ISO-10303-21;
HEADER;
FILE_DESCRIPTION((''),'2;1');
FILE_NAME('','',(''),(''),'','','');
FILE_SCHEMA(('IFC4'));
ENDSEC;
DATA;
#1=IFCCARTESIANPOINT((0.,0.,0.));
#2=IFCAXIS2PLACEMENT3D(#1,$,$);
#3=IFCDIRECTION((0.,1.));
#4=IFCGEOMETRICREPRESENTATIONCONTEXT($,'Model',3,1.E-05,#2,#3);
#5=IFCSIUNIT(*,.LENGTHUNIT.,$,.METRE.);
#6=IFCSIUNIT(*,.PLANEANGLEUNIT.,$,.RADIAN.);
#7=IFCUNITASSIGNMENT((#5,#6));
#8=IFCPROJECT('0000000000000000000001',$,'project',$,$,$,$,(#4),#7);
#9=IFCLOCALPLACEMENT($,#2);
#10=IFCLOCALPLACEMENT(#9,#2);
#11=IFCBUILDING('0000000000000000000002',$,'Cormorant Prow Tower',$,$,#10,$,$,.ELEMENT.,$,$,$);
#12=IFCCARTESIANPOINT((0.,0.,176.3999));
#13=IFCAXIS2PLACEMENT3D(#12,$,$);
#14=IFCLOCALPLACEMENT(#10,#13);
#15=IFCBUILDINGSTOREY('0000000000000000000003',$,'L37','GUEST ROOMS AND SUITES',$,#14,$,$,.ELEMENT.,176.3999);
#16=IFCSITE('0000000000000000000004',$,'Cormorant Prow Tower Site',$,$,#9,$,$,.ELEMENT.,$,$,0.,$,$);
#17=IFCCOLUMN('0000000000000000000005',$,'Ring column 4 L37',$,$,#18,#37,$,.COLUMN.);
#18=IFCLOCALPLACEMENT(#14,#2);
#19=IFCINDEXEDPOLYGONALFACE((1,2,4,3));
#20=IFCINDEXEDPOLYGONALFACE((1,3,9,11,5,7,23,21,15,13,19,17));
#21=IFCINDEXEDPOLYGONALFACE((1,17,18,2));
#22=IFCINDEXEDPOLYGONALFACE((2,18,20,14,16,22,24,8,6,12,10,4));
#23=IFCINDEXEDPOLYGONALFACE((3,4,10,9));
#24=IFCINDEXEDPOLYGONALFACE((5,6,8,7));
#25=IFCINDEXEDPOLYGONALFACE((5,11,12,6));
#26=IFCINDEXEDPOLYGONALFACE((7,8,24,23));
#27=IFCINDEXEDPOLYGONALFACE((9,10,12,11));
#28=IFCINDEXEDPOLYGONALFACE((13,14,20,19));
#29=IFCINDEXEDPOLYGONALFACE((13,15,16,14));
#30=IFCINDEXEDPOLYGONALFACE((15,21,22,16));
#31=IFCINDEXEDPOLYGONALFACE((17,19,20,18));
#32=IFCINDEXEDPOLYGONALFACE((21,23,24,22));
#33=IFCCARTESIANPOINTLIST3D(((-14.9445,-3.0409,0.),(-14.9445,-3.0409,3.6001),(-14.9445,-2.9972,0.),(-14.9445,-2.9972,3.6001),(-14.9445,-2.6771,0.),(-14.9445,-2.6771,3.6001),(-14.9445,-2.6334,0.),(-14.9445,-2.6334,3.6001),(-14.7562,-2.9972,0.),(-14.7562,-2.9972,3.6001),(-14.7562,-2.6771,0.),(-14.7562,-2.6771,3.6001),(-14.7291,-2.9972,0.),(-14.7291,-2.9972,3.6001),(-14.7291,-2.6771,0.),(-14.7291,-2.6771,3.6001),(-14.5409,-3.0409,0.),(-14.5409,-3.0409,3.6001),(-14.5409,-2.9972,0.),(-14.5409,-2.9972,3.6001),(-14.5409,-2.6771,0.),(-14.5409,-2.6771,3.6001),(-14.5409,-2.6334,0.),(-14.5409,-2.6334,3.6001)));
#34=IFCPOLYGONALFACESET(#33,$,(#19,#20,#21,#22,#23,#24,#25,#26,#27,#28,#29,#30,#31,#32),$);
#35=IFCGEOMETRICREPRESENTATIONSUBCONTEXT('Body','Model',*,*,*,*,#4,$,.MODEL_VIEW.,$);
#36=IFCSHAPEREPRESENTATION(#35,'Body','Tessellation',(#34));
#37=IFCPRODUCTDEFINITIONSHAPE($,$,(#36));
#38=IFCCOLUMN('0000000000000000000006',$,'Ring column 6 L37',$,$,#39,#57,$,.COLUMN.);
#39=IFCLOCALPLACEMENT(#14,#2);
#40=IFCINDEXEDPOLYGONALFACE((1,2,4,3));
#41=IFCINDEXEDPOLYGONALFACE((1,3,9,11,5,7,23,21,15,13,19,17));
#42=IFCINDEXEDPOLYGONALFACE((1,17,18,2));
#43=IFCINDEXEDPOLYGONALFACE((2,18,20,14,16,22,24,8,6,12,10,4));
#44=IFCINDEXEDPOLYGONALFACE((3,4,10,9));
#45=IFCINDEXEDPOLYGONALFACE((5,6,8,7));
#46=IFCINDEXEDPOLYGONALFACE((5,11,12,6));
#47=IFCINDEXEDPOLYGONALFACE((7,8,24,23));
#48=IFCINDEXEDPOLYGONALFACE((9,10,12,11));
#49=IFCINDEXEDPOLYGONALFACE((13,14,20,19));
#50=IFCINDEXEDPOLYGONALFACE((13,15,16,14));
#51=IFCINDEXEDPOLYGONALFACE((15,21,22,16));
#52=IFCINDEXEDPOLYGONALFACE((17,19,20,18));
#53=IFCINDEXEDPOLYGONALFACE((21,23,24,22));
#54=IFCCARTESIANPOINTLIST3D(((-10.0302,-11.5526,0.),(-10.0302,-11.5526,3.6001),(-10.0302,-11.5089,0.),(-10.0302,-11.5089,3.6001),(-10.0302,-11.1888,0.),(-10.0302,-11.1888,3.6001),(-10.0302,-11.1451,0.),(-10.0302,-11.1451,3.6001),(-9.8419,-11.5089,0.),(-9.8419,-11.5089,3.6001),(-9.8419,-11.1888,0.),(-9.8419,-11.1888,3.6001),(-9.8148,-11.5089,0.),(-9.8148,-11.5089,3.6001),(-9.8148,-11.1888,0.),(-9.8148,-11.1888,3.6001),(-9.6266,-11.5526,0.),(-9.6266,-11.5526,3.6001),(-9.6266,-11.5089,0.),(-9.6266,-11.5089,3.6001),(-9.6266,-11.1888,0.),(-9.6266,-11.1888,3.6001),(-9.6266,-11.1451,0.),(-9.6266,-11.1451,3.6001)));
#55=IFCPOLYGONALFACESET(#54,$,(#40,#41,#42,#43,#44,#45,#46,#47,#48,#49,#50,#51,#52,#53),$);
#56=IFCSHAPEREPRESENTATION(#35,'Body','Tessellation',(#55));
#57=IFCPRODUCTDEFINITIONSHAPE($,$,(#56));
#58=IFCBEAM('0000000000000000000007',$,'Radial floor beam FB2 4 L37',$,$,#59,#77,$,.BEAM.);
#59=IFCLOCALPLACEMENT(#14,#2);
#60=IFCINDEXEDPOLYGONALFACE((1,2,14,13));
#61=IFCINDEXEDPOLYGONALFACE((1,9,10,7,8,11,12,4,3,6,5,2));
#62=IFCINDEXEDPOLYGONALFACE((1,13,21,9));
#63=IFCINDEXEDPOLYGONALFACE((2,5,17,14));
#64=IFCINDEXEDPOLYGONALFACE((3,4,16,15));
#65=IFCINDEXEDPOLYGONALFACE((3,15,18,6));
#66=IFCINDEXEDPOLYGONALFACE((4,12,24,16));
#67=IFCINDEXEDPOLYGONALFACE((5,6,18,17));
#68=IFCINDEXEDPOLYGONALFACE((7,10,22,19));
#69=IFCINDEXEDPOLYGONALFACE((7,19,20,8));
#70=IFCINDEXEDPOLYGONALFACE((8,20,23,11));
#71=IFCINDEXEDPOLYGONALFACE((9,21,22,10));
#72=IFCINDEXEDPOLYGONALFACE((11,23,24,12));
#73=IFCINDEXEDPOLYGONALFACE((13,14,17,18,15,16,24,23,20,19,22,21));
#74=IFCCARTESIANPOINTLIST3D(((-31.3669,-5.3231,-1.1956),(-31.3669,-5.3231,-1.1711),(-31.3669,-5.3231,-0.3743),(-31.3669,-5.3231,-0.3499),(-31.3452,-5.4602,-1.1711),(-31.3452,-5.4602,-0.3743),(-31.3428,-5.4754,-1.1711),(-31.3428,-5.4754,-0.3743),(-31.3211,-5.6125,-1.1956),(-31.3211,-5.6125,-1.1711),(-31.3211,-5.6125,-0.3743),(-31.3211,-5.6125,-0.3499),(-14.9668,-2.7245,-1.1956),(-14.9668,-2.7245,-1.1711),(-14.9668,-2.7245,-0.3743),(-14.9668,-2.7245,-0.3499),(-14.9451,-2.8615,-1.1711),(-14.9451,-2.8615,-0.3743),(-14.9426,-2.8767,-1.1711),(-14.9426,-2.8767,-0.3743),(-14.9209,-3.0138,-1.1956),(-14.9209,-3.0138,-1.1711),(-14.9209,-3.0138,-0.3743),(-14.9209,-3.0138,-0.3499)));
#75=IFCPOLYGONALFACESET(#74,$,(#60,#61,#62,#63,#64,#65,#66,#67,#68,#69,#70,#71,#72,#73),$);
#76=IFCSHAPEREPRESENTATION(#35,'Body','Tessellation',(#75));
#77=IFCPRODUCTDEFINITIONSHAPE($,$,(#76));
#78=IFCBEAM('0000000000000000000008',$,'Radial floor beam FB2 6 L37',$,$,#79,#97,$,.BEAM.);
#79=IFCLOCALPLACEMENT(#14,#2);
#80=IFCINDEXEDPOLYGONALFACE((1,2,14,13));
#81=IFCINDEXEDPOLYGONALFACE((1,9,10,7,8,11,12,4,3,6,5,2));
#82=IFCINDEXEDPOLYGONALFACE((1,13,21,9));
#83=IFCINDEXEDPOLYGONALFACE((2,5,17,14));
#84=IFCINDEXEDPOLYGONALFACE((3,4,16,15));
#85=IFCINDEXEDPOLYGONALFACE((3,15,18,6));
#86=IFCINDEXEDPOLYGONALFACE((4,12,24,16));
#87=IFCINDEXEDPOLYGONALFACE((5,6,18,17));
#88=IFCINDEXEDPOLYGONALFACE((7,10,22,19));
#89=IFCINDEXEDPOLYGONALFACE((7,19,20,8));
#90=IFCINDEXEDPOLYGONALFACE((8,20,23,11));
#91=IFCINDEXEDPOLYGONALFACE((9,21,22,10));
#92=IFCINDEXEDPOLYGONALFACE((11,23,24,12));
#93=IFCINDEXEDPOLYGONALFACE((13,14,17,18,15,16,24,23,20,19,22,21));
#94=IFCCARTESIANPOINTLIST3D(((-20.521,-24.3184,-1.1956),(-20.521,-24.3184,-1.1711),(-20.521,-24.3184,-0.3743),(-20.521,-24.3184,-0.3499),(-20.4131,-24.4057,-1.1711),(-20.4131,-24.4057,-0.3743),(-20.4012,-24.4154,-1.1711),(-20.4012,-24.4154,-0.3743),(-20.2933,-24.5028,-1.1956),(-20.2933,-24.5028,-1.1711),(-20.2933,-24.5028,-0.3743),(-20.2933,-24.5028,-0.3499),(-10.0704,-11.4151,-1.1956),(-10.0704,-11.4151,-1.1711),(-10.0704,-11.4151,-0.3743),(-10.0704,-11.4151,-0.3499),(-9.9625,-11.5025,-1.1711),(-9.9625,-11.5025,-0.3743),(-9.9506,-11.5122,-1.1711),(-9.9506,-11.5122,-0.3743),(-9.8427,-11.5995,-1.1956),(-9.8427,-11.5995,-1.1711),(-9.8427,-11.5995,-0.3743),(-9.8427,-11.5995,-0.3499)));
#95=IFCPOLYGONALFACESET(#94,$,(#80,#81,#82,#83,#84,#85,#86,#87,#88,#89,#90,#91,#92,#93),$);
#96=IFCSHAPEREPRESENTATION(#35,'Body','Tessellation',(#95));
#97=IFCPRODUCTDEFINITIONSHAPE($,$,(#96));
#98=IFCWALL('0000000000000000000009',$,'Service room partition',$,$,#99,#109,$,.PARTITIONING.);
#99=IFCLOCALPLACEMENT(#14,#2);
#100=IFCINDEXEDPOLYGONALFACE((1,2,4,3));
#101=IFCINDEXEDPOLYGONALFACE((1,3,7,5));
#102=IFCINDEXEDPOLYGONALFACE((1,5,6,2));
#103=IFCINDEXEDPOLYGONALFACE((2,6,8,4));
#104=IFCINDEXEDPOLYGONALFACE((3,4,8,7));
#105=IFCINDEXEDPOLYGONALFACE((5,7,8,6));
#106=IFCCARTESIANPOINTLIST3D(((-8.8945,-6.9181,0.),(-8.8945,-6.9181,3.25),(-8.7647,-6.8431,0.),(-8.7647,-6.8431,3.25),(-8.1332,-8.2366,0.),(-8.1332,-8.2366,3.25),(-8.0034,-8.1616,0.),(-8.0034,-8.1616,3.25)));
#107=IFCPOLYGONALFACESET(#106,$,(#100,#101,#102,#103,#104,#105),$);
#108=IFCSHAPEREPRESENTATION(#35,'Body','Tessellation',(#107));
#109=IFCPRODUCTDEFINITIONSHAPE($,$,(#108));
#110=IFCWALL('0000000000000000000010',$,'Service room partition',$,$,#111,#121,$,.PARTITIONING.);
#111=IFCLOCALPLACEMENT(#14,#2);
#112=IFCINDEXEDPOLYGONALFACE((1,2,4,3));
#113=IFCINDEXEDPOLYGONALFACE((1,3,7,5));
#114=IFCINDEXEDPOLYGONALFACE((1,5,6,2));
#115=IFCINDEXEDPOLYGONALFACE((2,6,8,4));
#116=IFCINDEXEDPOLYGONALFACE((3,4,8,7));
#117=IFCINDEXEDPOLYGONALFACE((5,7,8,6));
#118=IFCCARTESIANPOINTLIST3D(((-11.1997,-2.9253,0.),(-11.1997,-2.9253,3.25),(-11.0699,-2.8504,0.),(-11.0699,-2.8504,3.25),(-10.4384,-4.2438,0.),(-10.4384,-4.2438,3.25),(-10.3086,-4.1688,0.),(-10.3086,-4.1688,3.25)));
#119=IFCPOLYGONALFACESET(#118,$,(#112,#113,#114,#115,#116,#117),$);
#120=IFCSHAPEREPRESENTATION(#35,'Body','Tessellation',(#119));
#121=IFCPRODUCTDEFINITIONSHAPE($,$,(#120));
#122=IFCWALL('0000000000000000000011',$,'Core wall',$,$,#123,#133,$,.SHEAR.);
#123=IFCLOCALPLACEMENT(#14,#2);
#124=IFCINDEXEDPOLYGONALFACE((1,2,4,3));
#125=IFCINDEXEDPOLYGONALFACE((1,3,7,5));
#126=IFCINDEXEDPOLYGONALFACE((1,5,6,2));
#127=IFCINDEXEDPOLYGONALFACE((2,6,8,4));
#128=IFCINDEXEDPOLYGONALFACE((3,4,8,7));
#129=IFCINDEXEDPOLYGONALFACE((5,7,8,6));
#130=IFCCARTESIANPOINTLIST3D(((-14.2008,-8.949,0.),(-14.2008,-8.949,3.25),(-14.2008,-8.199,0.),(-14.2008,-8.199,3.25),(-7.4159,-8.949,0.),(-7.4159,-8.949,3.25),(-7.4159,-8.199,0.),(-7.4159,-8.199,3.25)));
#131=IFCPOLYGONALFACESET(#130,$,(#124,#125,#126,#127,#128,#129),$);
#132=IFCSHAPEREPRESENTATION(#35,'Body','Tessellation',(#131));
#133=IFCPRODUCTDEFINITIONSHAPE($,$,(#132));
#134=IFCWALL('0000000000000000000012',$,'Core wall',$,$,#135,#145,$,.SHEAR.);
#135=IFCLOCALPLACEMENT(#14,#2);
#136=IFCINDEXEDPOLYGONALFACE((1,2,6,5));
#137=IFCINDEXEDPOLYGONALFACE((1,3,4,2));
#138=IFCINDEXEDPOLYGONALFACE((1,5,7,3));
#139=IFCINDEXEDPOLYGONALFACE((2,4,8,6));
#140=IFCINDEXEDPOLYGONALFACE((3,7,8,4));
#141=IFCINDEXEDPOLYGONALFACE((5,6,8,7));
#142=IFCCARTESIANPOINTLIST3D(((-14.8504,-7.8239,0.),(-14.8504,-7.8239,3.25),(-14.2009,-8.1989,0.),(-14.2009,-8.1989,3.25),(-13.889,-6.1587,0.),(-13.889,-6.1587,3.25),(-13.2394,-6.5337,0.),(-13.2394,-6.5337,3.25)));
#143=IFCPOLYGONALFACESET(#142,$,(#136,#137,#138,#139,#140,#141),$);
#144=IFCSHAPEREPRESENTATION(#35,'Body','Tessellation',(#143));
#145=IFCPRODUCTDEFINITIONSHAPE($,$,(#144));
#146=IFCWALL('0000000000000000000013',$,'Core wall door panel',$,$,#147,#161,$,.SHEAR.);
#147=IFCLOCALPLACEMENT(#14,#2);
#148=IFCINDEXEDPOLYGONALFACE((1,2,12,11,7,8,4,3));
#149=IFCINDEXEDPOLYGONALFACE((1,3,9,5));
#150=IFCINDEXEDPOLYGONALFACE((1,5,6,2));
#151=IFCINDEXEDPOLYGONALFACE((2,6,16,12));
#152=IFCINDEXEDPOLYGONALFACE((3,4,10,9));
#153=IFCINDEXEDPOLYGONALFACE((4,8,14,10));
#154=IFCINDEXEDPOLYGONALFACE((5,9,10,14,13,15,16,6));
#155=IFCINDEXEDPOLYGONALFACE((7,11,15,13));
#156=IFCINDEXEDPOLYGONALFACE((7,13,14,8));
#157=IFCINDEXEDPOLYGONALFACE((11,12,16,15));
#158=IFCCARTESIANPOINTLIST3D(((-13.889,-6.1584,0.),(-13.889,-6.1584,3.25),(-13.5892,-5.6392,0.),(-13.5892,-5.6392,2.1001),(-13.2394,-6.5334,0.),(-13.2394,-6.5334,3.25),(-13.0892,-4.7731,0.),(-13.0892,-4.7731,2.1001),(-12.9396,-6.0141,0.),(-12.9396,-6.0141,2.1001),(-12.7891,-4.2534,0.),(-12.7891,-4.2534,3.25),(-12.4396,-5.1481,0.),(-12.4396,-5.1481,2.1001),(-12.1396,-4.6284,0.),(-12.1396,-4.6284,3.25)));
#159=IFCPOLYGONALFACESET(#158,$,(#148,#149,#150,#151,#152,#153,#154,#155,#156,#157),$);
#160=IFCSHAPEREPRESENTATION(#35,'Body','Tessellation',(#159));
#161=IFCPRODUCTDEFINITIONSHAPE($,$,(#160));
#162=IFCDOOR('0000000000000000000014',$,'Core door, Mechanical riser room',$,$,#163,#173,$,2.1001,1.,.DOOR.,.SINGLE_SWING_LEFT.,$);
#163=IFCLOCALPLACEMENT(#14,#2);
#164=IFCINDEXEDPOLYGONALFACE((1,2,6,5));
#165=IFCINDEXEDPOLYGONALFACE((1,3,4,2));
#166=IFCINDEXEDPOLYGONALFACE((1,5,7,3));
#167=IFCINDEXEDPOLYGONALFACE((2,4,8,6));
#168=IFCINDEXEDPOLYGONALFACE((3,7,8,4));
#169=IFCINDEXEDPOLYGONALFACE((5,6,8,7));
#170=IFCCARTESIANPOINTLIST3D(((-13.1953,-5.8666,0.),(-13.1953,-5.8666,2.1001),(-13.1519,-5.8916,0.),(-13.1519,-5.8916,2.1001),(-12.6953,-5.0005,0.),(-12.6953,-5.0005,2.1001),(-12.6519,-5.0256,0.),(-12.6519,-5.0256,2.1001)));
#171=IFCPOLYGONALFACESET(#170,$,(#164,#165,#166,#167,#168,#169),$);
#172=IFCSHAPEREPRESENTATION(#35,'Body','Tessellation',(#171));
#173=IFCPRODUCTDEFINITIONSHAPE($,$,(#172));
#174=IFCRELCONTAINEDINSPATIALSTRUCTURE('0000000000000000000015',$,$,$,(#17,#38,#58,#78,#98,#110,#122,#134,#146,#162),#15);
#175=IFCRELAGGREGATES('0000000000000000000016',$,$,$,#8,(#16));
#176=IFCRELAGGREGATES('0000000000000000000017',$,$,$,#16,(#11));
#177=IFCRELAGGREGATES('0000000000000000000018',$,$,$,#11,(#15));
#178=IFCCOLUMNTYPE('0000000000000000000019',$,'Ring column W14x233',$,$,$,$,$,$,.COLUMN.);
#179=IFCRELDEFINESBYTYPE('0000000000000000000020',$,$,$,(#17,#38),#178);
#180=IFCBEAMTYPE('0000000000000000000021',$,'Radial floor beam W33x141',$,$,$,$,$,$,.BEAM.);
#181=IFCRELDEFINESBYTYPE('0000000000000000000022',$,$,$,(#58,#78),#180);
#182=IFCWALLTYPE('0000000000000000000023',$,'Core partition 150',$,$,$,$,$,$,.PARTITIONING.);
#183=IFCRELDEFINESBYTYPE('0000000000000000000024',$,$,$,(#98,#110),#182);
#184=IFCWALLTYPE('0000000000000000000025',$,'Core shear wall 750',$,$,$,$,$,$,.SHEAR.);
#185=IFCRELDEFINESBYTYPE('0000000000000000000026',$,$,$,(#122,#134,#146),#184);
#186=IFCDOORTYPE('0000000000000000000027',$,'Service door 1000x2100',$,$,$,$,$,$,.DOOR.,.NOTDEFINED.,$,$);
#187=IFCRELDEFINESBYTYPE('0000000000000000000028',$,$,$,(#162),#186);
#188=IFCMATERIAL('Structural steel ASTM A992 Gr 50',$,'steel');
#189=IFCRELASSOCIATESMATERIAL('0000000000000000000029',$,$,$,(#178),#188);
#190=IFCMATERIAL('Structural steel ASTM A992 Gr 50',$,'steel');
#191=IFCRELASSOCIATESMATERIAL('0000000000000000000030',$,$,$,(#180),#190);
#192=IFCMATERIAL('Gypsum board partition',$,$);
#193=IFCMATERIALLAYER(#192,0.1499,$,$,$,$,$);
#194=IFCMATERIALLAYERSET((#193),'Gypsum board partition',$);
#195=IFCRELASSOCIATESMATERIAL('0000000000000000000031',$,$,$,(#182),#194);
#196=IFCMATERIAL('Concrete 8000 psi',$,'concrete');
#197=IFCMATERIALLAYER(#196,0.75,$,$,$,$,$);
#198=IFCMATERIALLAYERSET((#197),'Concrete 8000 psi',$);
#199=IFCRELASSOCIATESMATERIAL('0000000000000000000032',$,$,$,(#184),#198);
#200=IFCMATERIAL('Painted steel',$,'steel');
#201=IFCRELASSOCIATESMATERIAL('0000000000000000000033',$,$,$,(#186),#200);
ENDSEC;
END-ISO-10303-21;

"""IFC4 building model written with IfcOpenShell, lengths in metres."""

from ifc_helpers import new_model, si_unit, direction, frame, frame_2d, origin, origin_2d, place, context, subcontext, project, spatial, rectangle, i_section, extrude, material, layer, layer_set, material_profile, profile_set, type_object, element, fill, save


model = new_model("IFC4")

# Units and contexts
model_context = context("Model", 3, precision=1e-05, world=origin(), true_north=direction((0.0, 1.0)))
body_context = subcontext(model_context, "Body", "Model", "MODEL_VIEW")
ifc_project = project(units=[si_unit("LENGTHUNIT", "METRE"), si_unit("PLANEANGLEUNIT", "RADIAN")], contexts=[model_context])

# Site, building, storey
site_placement = place(None, origin())
site = spatial("IfcSite", under=ifc_project, at=site_placement, Name="Cormorant Prow Tower Site", CompositionType="ELEMENT", RefElevation=0.0)
building_placement = place(site_placement, origin())
building = spatial("IfcBuilding", under=site, at=building_placement, Name="Cormorant Prow Tower", CompositionType="ELEMENT")
storey_placement = place(building_placement, frame((0.0, 0.0, 176.3999)))
storey = spatial("IfcBuildingStorey", under=building, at=storey_placement, Name="L37", Description="GUEST ROOMS AND SUITES", CompositionType="ELEMENT", Elevation=176.3999)

# Columns
ifc_material_1 = material(Name="Structural steel ASTM A992 Gr 50", Category="steel")
ifc_material_profile_1 = material_profile(ifc_material_1, i_section(OverallWidth=0.4036, OverallDepth=0.4075, WebThickness=0.0271, FlangeThickness=0.0437, at=origin_2d()), Name="W14x233")
ifc_profile_set_1 = profile_set([ifc_material_profile_1], Name="Structural steel ASTM A992 Gr 50")
column_type = type_object("IfcColumnType", Name="Ring column W14x233", PredefinedType="COLUMN", material=ifc_profile_set_1)
for number, where, z_axis, x_axis, name in (
    (1, (-14.7427, -2.8372, 0.0), (0.0, 0.0, 1.0), (1.0, 0.0, 0.0), "Ring column 4 L37"),
    (2, (-9.8284, -11.3489, 0.0), (0.0, 0.0, 1.0), (1.0, 0.0, 0.0), "Ring column 6 L37"),
):
    element("IfcColumn", number, at=place(storey_placement, frame(where, z_axis=z_axis, x_axis=x_axis)), inside=storey, type_object=column_type, Name=name, PredefinedType="COLUMN", context=body_context, shape_type="SweptSolid", body=[
        extrude(i_section(OverallWidth=0.4036, OverallDepth=0.4075, WebThickness=0.0271, FlangeThickness=0.0437, at=origin_2d()), origin(), (0.0, 0.0, 1.0), 3.6001),
    ])

# Beams
ifc_material_2 = material(Name="Structural steel ASTM A992 Gr 50", Category="steel")
ifc_material_profile_2 = material_profile(ifc_material_2, i_section(OverallWidth=0.293, OverallDepth=0.8457, WebThickness=0.0154, FlangeThickness=0.0244, at=origin_2d()), Name="W33x141")
ifc_profile_set_2 = profile_set([ifc_material_profile_2], Name="Structural steel ASTM A992 Gr 50")
beam_type = type_object("IfcBeamType", Name="Radial floor beam W33x141", PredefinedType="BEAM", material=ifc_profile_set_2)
beam_1_placement = place(storey_placement, frame((-14.9438, -2.8691, -0.7727), z_axis=(-0.987678, -0.156499, 0.0), x_axis=(0.156499, -0.987678, 0.0)))
element("IfcBeam", 3, at=beam_1_placement, inside=storey, type_object=beam_type, Name="Radial floor beam FB2 4 L37", PredefinedType="BEAM", context=body_context, shape_type="SweptSolid", body=[
    extrude(i_section(OverallWidth=0.293, OverallDepth=0.8457, WebThickness=0.0154, FlangeThickness=0.0244, at=origin_2d()), origin(), (0.0, 0.0, 1.0), 16.6047),
])
beam_2_placement = place(storey_placement, frame((-9.9565, -11.5073, -0.7727), z_axis=(-0.629385, -0.777094, 0.0), x_axis=(0.777094, -0.629385, 0.0)))
element("IfcBeam", 4, at=beam_2_placement, inside=storey, type_object=beam_type, Name="Radial floor beam FB2 6 L37", PredefinedType="BEAM", context=body_context, shape_type="SweptSolid", body=[
    extrude(i_section(OverallWidth=0.293, OverallDepth=0.8457, WebThickness=0.0154, FlangeThickness=0.0244, at=origin_2d()), origin(), (0.0, 0.0, 1.0), 16.6045),
])

# Walls
ifc_material_3 = material(Name="Gypsum board partition")
ifc_layer_1 = layer(ifc_material_3, 0.1499)
ifc_layer_set_1 = layer_set([ifc_layer_1], Name="Gypsum board partition")
wall_type_1 = type_object("IfcWallType", Name="Core partition 150", PredefinedType="PARTITIONING", material=ifc_layer_set_1)
for number, where, z_axis, x_axis, name in (
    (5, (-8.8296, -6.8806, 0.0), (0.0, 0.0, 1.0), (0.500037, -0.866004, 0.0), "Service room partition"),
    (6, (-10.3735, -4.2063, 0.0), (0.0, 0.0, 1.0), (-0.500037, 0.866004, 0.0), "Service room partition"),
):
    element("IfcWall", number, at=place(storey_placement, frame(where, z_axis=z_axis, x_axis=x_axis)), inside=storey, type_object=wall_type_1, Name=name, PredefinedType="PARTITIONING", context=body_context, shape_type="SweptSolid", body=[
        extrude(rectangle(XDim=1.5225, YDim=0.1499, at=frame_2d((0.7612, 0.0))), origin(), (0.0, 0.0, 1.0), 3.25),
    ])
ifc_material_4 = material(Name="Concrete 8000 psi", Category="concrete")
ifc_layer_2 = layer(ifc_material_4, 0.75)
ifc_layer_set_2 = layer_set([ifc_layer_2], Name="Concrete 8000 psi")
wall_type_2 = type_object("IfcWallType", Name="Core shear wall 750", PredefinedType="SHEAR", material=ifc_layer_set_2)
wall_1_placement = place(storey_placement, frame((-14.2009, -8.574, 0.0), z_axis=(0.0, 0.0, 1.0), x_axis=(1.0, 0.0, 0.0)))
element("IfcWall", 7, at=wall_1_placement, inside=storey, type_object=wall_type_2, Name="Core wall", PredefinedType="SHEAR", context=body_context, shape_type="SweptSolid", body=[
    extrude(rectangle(XDim=6.7849, YDim=0.75, at=frame_2d((3.3926, 0.0))), origin(), (0.0, 0.0, 1.0), 3.25),
])
wall_2_placement = place(storey_placement, frame((-13.5642, -6.3462, 0.0), z_axis=(0.0, 0.0, 1.0), x_axis=(-0.49999, -0.866031, 0.0)))
element("IfcWall", 8, at=wall_2_placement, inside=storey, type_object=wall_type_2, Name="Core wall", PredefinedType="SHEAR", context=body_context, shape_type="SweptSolid", body=[
    extrude(rectangle(XDim=1.9229, YDim=0.75, at=frame_2d((0.9614, 0.0))), origin(), (0.0, 0.0, 1.0), 3.25),
])

# Wall, opening, door
wall_3_placement = place(storey_placement, frame((-12.4644, -4.4409, 0.0), z_axis=(0.0, 0.0, 1.0), x_axis=(-0.499995, -0.866028, 0.0)))
wall_3 = element("IfcWall", 9, at=wall_3_placement, inside=storey, type_object=wall_type_2, Name="Core wall door panel", PredefinedType="SHEAR", context=body_context, shape_type="SweptSolid", body=[
    extrude(rectangle(XDim=2.1997, YDim=0.75, at=frame_2d((1.0999, 0.0))), origin(), (0.0, 0.0, 1.0), 3.25),
])
opening_1_placement = place(wall_3_placement, frame((0.6001, 0.0, 0.0)))
opening_1 = element("IfcOpeningElement", 10, at=opening_1_placement, cuts=wall_3, PredefinedType="OPENING", context=body_context, shape_type="SweptSolid", body=[
    extrude(rectangle(XDim=1.0, YDim=2.1001, at=frame_2d((0.5, 1.05))), frame((0.0, 0.385, 0.0), z_axis=(0.0, -1.0, 0.0), x_axis=(1.0, 0.0, 0.0)), (0.0, 0.0, 1.0), 0.77),
])
ifc_material_5 = material(Name="Painted steel", Category="steel")
door_type_1 = type_object("IfcDoorType", Name="Service door 1000x2100", OperationType="NOTDEFINED", PredefinedType="DOOR", material=ifc_material_5)
door_1_placement = place(opening_1_placement, origin())
door_1 = element("IfcDoor", 11, at=door_1_placement, inside=storey, type_object=door_type_1, Name="Core door, Mechanical riser room", OperationType="SINGLE_SWING_LEFT", OverallHeight=2.1001, OverallWidth=1.0, PredefinedType="DOOR", context=body_context, shape_type="SweptSolid", body=[
    extrude(rectangle(XDim=1.0, YDim=2.1001, at=frame_2d((0.5, 1.05))), frame((0.0, 0.1299, 0.0), z_axis=(0.0, -1.0, 0.0), x_axis=(1.0, 0.0, 0.0)), (0.0, 0.0, 1.0), 0.05),
])
fill(opening_1, door_1)

save(model, "model.ifc")
